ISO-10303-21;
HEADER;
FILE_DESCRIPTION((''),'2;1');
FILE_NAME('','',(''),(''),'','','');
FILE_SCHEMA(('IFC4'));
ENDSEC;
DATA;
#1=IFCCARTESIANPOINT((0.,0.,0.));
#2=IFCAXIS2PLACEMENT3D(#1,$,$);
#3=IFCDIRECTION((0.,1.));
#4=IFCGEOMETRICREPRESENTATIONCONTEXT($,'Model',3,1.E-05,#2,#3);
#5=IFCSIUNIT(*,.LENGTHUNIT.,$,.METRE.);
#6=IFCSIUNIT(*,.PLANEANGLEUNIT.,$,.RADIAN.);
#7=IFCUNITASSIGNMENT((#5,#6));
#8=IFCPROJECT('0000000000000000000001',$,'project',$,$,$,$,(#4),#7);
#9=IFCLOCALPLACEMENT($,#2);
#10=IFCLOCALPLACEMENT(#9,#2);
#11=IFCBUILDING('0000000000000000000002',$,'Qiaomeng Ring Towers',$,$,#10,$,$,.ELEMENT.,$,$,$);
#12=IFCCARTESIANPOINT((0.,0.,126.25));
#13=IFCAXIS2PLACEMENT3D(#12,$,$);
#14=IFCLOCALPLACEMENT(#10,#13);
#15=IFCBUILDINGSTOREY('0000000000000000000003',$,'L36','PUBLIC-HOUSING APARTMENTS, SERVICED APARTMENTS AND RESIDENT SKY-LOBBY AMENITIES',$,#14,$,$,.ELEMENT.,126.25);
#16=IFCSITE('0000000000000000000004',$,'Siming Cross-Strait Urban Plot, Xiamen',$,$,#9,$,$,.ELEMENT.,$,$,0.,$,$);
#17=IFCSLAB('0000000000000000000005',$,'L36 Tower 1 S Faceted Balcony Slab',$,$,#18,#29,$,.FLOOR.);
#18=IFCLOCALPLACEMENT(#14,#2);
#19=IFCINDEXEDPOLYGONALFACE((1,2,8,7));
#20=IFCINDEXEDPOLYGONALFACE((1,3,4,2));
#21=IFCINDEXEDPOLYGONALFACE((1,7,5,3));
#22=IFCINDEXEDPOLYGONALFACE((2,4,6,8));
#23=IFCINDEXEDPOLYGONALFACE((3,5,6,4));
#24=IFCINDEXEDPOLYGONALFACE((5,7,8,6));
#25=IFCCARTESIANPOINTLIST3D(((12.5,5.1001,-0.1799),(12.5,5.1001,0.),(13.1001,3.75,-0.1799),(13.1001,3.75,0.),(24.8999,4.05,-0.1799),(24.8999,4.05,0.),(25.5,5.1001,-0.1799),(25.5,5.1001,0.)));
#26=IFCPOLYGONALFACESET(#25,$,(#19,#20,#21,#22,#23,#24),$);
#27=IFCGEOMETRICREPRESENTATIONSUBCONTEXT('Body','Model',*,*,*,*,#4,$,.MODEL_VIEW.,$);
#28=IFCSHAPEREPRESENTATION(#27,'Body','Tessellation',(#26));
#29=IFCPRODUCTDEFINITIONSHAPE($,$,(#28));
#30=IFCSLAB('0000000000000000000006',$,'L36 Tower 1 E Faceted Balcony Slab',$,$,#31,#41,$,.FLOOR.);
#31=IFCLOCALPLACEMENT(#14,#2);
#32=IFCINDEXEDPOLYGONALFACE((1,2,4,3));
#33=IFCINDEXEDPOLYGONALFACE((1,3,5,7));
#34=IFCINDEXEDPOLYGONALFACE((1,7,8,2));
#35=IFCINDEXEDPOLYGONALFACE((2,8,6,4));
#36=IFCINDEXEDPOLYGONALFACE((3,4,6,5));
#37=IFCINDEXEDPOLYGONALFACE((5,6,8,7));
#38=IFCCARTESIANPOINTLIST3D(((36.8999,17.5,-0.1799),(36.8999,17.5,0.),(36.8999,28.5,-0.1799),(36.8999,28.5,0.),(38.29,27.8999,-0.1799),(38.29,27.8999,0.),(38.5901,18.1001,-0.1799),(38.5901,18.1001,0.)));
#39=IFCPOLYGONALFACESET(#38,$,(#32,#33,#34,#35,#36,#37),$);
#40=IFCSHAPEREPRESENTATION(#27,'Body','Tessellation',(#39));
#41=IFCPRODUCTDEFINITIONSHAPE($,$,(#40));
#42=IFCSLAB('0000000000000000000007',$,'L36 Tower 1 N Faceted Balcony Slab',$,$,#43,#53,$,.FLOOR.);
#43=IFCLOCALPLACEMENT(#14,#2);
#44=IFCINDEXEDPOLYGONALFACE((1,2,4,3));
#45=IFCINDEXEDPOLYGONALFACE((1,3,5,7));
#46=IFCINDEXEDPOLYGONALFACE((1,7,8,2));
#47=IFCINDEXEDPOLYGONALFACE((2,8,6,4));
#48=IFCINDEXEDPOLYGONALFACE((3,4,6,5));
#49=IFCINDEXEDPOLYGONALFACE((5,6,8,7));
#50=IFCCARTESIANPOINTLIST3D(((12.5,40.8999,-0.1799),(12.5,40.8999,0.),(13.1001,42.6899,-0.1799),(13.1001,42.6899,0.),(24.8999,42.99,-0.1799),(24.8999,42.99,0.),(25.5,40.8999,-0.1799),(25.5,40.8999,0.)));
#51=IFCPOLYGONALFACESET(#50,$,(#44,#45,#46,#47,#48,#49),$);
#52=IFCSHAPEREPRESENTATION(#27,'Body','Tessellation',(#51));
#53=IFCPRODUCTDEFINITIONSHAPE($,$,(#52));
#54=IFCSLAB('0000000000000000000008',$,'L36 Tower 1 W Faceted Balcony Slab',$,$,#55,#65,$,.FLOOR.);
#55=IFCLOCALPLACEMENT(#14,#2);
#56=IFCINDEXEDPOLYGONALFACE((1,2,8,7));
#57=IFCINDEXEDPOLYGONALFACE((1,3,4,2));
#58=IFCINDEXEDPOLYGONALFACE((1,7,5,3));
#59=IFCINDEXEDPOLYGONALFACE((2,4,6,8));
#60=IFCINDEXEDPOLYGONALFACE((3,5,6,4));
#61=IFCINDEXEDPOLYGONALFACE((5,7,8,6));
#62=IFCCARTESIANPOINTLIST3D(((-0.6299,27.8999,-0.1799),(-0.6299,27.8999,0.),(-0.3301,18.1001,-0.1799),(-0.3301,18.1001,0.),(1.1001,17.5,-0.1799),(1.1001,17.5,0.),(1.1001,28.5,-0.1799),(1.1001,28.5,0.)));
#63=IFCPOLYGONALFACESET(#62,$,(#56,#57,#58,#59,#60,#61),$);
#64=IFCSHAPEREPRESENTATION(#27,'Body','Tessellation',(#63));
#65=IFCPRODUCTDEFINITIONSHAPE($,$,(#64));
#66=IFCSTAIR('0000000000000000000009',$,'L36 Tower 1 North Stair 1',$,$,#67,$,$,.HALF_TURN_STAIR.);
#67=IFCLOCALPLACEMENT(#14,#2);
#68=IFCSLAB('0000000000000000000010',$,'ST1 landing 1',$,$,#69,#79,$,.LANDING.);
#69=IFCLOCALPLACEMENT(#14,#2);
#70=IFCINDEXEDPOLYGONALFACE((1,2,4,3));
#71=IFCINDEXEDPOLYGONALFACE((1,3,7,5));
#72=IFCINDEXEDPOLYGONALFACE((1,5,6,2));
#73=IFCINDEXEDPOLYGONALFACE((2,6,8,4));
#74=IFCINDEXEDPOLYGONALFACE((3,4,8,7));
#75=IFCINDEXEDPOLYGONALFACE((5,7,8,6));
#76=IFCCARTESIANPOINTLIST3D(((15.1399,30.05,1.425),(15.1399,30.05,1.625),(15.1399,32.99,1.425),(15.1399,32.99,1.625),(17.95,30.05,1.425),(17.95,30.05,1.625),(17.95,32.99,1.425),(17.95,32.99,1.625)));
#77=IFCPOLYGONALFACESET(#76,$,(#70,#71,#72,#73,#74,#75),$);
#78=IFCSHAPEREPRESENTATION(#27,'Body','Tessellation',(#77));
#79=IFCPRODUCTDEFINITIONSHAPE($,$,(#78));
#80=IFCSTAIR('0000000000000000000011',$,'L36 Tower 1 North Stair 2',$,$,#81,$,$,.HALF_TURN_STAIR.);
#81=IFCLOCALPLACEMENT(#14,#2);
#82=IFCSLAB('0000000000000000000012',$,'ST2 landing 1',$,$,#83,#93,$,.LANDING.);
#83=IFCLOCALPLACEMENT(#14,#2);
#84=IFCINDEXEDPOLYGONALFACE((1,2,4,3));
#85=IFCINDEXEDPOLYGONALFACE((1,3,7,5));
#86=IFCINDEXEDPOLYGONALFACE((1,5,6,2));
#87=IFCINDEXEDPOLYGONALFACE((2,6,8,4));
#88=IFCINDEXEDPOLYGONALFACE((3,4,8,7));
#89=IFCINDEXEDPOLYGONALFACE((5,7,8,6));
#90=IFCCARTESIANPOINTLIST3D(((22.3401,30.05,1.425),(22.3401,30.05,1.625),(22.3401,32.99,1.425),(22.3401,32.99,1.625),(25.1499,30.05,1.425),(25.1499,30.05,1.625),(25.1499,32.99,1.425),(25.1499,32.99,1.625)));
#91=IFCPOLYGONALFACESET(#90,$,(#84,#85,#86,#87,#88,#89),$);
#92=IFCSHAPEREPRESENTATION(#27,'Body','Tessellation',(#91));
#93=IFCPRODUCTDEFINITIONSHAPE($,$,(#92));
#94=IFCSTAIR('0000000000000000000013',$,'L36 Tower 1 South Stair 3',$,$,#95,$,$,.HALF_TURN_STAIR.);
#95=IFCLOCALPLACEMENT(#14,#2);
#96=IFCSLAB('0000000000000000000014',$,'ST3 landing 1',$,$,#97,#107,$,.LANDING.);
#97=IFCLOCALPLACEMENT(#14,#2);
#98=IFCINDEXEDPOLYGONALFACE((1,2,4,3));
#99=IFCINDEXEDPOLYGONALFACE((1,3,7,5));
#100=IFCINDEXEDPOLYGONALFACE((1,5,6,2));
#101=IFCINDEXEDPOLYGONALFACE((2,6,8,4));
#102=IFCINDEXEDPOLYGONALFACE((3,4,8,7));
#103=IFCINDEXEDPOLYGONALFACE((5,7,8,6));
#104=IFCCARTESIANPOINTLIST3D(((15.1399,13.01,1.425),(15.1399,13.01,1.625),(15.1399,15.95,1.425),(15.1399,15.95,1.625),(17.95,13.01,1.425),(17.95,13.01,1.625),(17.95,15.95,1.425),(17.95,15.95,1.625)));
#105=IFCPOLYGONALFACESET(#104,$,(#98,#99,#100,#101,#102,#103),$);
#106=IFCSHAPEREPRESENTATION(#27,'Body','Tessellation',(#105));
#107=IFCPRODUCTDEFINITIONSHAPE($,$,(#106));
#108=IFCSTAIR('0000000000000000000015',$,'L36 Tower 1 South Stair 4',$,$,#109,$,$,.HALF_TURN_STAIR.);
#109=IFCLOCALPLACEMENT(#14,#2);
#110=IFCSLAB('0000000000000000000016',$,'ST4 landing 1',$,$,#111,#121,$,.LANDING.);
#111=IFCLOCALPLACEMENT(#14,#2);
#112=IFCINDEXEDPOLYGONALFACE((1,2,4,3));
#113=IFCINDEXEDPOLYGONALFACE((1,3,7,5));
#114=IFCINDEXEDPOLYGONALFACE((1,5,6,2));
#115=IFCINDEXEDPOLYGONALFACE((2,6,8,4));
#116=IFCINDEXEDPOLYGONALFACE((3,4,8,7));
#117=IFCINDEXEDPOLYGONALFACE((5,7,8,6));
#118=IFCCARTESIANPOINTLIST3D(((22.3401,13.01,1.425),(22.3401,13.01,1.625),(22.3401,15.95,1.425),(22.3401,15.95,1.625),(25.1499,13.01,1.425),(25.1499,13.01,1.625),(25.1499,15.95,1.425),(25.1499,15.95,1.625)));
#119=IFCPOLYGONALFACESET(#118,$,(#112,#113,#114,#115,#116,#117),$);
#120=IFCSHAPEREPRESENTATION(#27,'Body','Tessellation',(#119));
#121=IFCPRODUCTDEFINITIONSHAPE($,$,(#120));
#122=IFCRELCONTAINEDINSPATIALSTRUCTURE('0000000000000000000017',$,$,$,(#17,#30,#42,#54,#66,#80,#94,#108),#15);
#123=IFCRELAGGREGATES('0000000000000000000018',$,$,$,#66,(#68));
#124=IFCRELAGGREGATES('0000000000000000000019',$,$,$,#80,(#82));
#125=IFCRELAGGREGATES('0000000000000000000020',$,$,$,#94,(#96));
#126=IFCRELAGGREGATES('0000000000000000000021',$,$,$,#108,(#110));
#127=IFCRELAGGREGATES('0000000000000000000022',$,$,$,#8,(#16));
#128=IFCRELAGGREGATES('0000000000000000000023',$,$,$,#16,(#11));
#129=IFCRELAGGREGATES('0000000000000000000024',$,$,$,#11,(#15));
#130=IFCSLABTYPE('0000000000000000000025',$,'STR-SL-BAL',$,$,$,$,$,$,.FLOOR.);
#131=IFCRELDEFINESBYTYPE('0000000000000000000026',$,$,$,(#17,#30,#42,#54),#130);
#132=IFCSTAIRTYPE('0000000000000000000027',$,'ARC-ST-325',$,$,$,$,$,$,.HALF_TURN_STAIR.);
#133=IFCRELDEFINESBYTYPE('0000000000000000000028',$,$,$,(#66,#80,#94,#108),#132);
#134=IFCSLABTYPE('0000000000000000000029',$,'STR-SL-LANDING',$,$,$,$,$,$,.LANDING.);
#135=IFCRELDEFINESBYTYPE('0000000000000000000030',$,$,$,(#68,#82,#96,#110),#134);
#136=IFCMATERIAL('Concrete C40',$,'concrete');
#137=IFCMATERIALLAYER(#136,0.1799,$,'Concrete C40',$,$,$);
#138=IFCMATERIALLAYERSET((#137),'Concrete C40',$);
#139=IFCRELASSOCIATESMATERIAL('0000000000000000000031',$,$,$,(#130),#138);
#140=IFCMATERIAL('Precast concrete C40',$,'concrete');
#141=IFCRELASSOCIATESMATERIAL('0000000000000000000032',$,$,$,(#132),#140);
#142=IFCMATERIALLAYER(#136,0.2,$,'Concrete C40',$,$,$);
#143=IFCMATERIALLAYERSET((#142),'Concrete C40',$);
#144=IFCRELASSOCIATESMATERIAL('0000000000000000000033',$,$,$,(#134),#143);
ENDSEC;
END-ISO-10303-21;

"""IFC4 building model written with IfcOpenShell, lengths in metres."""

from ifc_helpers import new_model, si_unit, direction, frame, origin, place, context, subcontext, project, spatial, polyline, outline, extrude, material, layer, layer_set, type_object, element, aggregate, save


model = new_model("IFC4")

# Units and contexts
model_context = context("Model", 3, precision=1e-05, world=origin(), true_north=direction((0.0, 1.0)))
body_context = subcontext(model_context, "Body", "Model", "MODEL_VIEW")
ifc_project = project(units=[si_unit("LENGTHUNIT", "METRE"), si_unit("PLANEANGLEUNIT", "RADIAN")], contexts=[model_context])

# Site, building, storey
site_placement = place(None, origin())
site = spatial("IfcSite", under=ifc_project, at=site_placement, Name="Siming Cross-Strait Urban Plot, Xiamen", CompositionType="ELEMENT", RefElevation=0.0)
building_placement = place(site_placement, origin())
building = spatial("IfcBuilding", under=site, at=building_placement, Name="Qiaomeng Ring Towers", CompositionType="ELEMENT")
storey_placement = place(building_placement, frame((0.0, 0.0, 126.25)))
storey = spatial("IfcBuildingStorey", under=building, at=storey_placement, Name="L36", Description="PUBLIC-HOUSING APARTMENTS, SERVICED APARTMENTS AND RESIDENT SKY-LOBBY AMENITIES", CompositionType="ELEMENT", Elevation=126.25)

# Slabs
ifc_material_1 = material(Name="Concrete C40", Category="concrete")
ifc_layer_1 = layer(ifc_material_1, 0.1799, Name="Concrete C40")
ifc_layer_set_1 = layer_set([ifc_layer_1], Name="Concrete C40")
slab_type_1 = type_object("IfcSlabType", Name="STR-SL-BAL", PredefinedType="FLOOR", material=ifc_layer_set_1)
slab_1_placement = place(storey_placement, frame((0.0, 0.0, -0.1799)))
element("IfcSlab", 1, at=slab_1_placement, inside=storey, type_object=slab_type_1, Name="L36 Tower 1 S Faceted Balcony Slab", PredefinedType="FLOOR", context=body_context, shape_type="SweptSolid", body=[
    extrude(outline(polyline([(24.8999, 4.05), (13.1001, 3.75), (12.5, 5.1001), (25.5, 5.1001), (24.8999, 4.05)])), origin(), (0.0, 0.0, 1.0), 0.1799),
])
slab_2_placement = place(storey_placement, frame((0.0, 0.0, -0.1799)))
element("IfcSlab", 2, at=slab_2_placement, inside=storey, type_object=slab_type_1, Name="L36 Tower 1 E Faceted Balcony Slab", PredefinedType="FLOOR", context=body_context, shape_type="SweptSolid", body=[
    extrude(outline(polyline([(38.29, 27.8999), (38.5901, 18.1001), (36.8999, 17.5), (36.8999, 28.5), (38.29, 27.8999)])), origin(), (0.0, 0.0, 1.0), 0.1799),
])
slab_3_placement = place(storey_placement, frame((0.0, 0.0, -0.1799)))
element("IfcSlab", 3, at=slab_3_placement, inside=storey, type_object=slab_type_1, Name="L36 Tower 1 N Faceted Balcony Slab", PredefinedType="FLOOR", context=body_context, shape_type="SweptSolid", body=[
    extrude(outline(polyline([(12.5, 40.8999), (13.1001, 42.6899), (24.8999, 42.99), (25.5, 40.8999), (12.5, 40.8999)])), origin(), (0.0, 0.0, 1.0), 0.1799),
])
slab_4_placement = place(storey_placement, frame((0.0, 0.0, -0.1799)))
element("IfcSlab", 4, at=slab_4_placement, inside=storey, type_object=slab_type_1, Name="L36 Tower 1 W Faceted Balcony Slab", PredefinedType="FLOOR", context=body_context, shape_type="SweptSolid", body=[
    extrude(outline(polyline([(-0.3301, 18.1001), (-0.6299, 27.8999), (1.1001, 28.5), (1.1001, 17.5), (-0.3301, 18.1001)])), origin(), (0.0, 0.0, 1.0), 0.1799),
])

# Stairs, slabs
ifc_material_2 = material(Name="Precast concrete C40", Category="concrete")
stair_type = type_object("IfcStairType", Name="ARC-ST-325", PredefinedType="HALF_TURN_STAIR", material=ifc_material_2)
stair_1_placement = place(storey_placement, origin())
stair_1 = element("IfcStair", 5, at=stair_1_placement, inside=storey, type_object=stair_type, Name="L36 Tower 1 North Stair 1", PredefinedType="HALF_TURN_STAIR")
ifc_layer_2 = layer(ifc_material_1, 0.2, Name="Concrete C40")
ifc_layer_set_2 = layer_set([ifc_layer_2], Name="Concrete C40")
slab_type_2 = type_object("IfcSlabType", Name="STR-SL-LANDING", PredefinedType="LANDING", material=ifc_layer_set_2)
slab_5_placement = place(storey_placement, frame((0.0, 0.0, 1.425)))
slab_5 = element("IfcSlab", 6, at=slab_5_placement, type_object=slab_type_2, Name="ST1 landing 1", PredefinedType="LANDING", context=body_context, shape_type="SweptSolid", body=[
    extrude(outline(polyline([(15.1399, 30.05), (17.95, 30.05), (17.95, 32.99), (15.1399, 32.99), (15.1399, 30.05)])), origin(), (0.0, 0.0, 1.0), 0.2),
])
aggregate(stair_1, [slab_5])
stair_2_placement = place(storey_placement, origin())
stair_2 = element("IfcStair", 7, at=stair_2_placement, inside=storey, type_object=stair_type, Name="L36 Tower 1 North Stair 2", PredefinedType="HALF_TURN_STAIR")
slab_6_placement = place(storey_placement, frame((0.0, 0.0, 1.425)))
slab_6 = element("IfcSlab", 8, at=slab_6_placement, type_object=slab_type_2, Name="ST2 landing 1", PredefinedType="LANDING", context=body_context, shape_type="SweptSolid", body=[
    extrude(outline(polyline([(22.3401, 30.05), (25.1499, 30.05), (25.1499, 32.99), (22.3401, 32.99), (22.3401, 30.05)])), origin(), (0.0, 0.0, 1.0), 0.2),
])
aggregate(stair_2, [slab_6])
stair_3_placement = place(storey_placement, origin())
stair_3 = element("IfcStair", 9, at=stair_3_placement, inside=storey, type_object=stair_type, Name="L36 Tower 1 South Stair 3", PredefinedType="HALF_TURN_STAIR")
slab_7_placement = place(storey_placement, frame((0.0, 0.0, 1.425)))
slab_7 = element("IfcSlab", 10, at=slab_7_placement, type_object=slab_type_2, Name="ST3 landing 1", PredefinedType="LANDING", context=body_context, shape_type="SweptSolid", body=[
    extrude(outline(polyline([(15.1399, 13.01), (17.95, 13.01), (17.95, 15.95), (15.1399, 15.95), (15.1399, 13.01)])), origin(), (0.0, 0.0, 1.0), 0.2),
])
aggregate(stair_3, [slab_7])
stair_4_placement = place(storey_placement, origin())
stair_4 = element("IfcStair", 11, at=stair_4_placement, inside=storey, type_object=stair_type, Name="L36 Tower 1 South Stair 4", PredefinedType="HALF_TURN_STAIR")
slab_8_placement = place(storey_placement, frame((0.0, 0.0, 1.425)))
slab_8 = element("IfcSlab", 12, at=slab_8_placement, type_object=slab_type_2, Name="ST4 landing 1", PredefinedType="LANDING", context=body_context, shape_type="SweptSolid", body=[
    extrude(outline(polyline([(22.3401, 13.01), (25.1499, 13.01), (25.1499, 15.95), (22.3401, 15.95), (22.3401, 13.01)])), origin(), (0.0, 0.0, 1.0), 0.2),
])
aggregate(stair_4, [slab_8])

save(model, "model.ifc")
